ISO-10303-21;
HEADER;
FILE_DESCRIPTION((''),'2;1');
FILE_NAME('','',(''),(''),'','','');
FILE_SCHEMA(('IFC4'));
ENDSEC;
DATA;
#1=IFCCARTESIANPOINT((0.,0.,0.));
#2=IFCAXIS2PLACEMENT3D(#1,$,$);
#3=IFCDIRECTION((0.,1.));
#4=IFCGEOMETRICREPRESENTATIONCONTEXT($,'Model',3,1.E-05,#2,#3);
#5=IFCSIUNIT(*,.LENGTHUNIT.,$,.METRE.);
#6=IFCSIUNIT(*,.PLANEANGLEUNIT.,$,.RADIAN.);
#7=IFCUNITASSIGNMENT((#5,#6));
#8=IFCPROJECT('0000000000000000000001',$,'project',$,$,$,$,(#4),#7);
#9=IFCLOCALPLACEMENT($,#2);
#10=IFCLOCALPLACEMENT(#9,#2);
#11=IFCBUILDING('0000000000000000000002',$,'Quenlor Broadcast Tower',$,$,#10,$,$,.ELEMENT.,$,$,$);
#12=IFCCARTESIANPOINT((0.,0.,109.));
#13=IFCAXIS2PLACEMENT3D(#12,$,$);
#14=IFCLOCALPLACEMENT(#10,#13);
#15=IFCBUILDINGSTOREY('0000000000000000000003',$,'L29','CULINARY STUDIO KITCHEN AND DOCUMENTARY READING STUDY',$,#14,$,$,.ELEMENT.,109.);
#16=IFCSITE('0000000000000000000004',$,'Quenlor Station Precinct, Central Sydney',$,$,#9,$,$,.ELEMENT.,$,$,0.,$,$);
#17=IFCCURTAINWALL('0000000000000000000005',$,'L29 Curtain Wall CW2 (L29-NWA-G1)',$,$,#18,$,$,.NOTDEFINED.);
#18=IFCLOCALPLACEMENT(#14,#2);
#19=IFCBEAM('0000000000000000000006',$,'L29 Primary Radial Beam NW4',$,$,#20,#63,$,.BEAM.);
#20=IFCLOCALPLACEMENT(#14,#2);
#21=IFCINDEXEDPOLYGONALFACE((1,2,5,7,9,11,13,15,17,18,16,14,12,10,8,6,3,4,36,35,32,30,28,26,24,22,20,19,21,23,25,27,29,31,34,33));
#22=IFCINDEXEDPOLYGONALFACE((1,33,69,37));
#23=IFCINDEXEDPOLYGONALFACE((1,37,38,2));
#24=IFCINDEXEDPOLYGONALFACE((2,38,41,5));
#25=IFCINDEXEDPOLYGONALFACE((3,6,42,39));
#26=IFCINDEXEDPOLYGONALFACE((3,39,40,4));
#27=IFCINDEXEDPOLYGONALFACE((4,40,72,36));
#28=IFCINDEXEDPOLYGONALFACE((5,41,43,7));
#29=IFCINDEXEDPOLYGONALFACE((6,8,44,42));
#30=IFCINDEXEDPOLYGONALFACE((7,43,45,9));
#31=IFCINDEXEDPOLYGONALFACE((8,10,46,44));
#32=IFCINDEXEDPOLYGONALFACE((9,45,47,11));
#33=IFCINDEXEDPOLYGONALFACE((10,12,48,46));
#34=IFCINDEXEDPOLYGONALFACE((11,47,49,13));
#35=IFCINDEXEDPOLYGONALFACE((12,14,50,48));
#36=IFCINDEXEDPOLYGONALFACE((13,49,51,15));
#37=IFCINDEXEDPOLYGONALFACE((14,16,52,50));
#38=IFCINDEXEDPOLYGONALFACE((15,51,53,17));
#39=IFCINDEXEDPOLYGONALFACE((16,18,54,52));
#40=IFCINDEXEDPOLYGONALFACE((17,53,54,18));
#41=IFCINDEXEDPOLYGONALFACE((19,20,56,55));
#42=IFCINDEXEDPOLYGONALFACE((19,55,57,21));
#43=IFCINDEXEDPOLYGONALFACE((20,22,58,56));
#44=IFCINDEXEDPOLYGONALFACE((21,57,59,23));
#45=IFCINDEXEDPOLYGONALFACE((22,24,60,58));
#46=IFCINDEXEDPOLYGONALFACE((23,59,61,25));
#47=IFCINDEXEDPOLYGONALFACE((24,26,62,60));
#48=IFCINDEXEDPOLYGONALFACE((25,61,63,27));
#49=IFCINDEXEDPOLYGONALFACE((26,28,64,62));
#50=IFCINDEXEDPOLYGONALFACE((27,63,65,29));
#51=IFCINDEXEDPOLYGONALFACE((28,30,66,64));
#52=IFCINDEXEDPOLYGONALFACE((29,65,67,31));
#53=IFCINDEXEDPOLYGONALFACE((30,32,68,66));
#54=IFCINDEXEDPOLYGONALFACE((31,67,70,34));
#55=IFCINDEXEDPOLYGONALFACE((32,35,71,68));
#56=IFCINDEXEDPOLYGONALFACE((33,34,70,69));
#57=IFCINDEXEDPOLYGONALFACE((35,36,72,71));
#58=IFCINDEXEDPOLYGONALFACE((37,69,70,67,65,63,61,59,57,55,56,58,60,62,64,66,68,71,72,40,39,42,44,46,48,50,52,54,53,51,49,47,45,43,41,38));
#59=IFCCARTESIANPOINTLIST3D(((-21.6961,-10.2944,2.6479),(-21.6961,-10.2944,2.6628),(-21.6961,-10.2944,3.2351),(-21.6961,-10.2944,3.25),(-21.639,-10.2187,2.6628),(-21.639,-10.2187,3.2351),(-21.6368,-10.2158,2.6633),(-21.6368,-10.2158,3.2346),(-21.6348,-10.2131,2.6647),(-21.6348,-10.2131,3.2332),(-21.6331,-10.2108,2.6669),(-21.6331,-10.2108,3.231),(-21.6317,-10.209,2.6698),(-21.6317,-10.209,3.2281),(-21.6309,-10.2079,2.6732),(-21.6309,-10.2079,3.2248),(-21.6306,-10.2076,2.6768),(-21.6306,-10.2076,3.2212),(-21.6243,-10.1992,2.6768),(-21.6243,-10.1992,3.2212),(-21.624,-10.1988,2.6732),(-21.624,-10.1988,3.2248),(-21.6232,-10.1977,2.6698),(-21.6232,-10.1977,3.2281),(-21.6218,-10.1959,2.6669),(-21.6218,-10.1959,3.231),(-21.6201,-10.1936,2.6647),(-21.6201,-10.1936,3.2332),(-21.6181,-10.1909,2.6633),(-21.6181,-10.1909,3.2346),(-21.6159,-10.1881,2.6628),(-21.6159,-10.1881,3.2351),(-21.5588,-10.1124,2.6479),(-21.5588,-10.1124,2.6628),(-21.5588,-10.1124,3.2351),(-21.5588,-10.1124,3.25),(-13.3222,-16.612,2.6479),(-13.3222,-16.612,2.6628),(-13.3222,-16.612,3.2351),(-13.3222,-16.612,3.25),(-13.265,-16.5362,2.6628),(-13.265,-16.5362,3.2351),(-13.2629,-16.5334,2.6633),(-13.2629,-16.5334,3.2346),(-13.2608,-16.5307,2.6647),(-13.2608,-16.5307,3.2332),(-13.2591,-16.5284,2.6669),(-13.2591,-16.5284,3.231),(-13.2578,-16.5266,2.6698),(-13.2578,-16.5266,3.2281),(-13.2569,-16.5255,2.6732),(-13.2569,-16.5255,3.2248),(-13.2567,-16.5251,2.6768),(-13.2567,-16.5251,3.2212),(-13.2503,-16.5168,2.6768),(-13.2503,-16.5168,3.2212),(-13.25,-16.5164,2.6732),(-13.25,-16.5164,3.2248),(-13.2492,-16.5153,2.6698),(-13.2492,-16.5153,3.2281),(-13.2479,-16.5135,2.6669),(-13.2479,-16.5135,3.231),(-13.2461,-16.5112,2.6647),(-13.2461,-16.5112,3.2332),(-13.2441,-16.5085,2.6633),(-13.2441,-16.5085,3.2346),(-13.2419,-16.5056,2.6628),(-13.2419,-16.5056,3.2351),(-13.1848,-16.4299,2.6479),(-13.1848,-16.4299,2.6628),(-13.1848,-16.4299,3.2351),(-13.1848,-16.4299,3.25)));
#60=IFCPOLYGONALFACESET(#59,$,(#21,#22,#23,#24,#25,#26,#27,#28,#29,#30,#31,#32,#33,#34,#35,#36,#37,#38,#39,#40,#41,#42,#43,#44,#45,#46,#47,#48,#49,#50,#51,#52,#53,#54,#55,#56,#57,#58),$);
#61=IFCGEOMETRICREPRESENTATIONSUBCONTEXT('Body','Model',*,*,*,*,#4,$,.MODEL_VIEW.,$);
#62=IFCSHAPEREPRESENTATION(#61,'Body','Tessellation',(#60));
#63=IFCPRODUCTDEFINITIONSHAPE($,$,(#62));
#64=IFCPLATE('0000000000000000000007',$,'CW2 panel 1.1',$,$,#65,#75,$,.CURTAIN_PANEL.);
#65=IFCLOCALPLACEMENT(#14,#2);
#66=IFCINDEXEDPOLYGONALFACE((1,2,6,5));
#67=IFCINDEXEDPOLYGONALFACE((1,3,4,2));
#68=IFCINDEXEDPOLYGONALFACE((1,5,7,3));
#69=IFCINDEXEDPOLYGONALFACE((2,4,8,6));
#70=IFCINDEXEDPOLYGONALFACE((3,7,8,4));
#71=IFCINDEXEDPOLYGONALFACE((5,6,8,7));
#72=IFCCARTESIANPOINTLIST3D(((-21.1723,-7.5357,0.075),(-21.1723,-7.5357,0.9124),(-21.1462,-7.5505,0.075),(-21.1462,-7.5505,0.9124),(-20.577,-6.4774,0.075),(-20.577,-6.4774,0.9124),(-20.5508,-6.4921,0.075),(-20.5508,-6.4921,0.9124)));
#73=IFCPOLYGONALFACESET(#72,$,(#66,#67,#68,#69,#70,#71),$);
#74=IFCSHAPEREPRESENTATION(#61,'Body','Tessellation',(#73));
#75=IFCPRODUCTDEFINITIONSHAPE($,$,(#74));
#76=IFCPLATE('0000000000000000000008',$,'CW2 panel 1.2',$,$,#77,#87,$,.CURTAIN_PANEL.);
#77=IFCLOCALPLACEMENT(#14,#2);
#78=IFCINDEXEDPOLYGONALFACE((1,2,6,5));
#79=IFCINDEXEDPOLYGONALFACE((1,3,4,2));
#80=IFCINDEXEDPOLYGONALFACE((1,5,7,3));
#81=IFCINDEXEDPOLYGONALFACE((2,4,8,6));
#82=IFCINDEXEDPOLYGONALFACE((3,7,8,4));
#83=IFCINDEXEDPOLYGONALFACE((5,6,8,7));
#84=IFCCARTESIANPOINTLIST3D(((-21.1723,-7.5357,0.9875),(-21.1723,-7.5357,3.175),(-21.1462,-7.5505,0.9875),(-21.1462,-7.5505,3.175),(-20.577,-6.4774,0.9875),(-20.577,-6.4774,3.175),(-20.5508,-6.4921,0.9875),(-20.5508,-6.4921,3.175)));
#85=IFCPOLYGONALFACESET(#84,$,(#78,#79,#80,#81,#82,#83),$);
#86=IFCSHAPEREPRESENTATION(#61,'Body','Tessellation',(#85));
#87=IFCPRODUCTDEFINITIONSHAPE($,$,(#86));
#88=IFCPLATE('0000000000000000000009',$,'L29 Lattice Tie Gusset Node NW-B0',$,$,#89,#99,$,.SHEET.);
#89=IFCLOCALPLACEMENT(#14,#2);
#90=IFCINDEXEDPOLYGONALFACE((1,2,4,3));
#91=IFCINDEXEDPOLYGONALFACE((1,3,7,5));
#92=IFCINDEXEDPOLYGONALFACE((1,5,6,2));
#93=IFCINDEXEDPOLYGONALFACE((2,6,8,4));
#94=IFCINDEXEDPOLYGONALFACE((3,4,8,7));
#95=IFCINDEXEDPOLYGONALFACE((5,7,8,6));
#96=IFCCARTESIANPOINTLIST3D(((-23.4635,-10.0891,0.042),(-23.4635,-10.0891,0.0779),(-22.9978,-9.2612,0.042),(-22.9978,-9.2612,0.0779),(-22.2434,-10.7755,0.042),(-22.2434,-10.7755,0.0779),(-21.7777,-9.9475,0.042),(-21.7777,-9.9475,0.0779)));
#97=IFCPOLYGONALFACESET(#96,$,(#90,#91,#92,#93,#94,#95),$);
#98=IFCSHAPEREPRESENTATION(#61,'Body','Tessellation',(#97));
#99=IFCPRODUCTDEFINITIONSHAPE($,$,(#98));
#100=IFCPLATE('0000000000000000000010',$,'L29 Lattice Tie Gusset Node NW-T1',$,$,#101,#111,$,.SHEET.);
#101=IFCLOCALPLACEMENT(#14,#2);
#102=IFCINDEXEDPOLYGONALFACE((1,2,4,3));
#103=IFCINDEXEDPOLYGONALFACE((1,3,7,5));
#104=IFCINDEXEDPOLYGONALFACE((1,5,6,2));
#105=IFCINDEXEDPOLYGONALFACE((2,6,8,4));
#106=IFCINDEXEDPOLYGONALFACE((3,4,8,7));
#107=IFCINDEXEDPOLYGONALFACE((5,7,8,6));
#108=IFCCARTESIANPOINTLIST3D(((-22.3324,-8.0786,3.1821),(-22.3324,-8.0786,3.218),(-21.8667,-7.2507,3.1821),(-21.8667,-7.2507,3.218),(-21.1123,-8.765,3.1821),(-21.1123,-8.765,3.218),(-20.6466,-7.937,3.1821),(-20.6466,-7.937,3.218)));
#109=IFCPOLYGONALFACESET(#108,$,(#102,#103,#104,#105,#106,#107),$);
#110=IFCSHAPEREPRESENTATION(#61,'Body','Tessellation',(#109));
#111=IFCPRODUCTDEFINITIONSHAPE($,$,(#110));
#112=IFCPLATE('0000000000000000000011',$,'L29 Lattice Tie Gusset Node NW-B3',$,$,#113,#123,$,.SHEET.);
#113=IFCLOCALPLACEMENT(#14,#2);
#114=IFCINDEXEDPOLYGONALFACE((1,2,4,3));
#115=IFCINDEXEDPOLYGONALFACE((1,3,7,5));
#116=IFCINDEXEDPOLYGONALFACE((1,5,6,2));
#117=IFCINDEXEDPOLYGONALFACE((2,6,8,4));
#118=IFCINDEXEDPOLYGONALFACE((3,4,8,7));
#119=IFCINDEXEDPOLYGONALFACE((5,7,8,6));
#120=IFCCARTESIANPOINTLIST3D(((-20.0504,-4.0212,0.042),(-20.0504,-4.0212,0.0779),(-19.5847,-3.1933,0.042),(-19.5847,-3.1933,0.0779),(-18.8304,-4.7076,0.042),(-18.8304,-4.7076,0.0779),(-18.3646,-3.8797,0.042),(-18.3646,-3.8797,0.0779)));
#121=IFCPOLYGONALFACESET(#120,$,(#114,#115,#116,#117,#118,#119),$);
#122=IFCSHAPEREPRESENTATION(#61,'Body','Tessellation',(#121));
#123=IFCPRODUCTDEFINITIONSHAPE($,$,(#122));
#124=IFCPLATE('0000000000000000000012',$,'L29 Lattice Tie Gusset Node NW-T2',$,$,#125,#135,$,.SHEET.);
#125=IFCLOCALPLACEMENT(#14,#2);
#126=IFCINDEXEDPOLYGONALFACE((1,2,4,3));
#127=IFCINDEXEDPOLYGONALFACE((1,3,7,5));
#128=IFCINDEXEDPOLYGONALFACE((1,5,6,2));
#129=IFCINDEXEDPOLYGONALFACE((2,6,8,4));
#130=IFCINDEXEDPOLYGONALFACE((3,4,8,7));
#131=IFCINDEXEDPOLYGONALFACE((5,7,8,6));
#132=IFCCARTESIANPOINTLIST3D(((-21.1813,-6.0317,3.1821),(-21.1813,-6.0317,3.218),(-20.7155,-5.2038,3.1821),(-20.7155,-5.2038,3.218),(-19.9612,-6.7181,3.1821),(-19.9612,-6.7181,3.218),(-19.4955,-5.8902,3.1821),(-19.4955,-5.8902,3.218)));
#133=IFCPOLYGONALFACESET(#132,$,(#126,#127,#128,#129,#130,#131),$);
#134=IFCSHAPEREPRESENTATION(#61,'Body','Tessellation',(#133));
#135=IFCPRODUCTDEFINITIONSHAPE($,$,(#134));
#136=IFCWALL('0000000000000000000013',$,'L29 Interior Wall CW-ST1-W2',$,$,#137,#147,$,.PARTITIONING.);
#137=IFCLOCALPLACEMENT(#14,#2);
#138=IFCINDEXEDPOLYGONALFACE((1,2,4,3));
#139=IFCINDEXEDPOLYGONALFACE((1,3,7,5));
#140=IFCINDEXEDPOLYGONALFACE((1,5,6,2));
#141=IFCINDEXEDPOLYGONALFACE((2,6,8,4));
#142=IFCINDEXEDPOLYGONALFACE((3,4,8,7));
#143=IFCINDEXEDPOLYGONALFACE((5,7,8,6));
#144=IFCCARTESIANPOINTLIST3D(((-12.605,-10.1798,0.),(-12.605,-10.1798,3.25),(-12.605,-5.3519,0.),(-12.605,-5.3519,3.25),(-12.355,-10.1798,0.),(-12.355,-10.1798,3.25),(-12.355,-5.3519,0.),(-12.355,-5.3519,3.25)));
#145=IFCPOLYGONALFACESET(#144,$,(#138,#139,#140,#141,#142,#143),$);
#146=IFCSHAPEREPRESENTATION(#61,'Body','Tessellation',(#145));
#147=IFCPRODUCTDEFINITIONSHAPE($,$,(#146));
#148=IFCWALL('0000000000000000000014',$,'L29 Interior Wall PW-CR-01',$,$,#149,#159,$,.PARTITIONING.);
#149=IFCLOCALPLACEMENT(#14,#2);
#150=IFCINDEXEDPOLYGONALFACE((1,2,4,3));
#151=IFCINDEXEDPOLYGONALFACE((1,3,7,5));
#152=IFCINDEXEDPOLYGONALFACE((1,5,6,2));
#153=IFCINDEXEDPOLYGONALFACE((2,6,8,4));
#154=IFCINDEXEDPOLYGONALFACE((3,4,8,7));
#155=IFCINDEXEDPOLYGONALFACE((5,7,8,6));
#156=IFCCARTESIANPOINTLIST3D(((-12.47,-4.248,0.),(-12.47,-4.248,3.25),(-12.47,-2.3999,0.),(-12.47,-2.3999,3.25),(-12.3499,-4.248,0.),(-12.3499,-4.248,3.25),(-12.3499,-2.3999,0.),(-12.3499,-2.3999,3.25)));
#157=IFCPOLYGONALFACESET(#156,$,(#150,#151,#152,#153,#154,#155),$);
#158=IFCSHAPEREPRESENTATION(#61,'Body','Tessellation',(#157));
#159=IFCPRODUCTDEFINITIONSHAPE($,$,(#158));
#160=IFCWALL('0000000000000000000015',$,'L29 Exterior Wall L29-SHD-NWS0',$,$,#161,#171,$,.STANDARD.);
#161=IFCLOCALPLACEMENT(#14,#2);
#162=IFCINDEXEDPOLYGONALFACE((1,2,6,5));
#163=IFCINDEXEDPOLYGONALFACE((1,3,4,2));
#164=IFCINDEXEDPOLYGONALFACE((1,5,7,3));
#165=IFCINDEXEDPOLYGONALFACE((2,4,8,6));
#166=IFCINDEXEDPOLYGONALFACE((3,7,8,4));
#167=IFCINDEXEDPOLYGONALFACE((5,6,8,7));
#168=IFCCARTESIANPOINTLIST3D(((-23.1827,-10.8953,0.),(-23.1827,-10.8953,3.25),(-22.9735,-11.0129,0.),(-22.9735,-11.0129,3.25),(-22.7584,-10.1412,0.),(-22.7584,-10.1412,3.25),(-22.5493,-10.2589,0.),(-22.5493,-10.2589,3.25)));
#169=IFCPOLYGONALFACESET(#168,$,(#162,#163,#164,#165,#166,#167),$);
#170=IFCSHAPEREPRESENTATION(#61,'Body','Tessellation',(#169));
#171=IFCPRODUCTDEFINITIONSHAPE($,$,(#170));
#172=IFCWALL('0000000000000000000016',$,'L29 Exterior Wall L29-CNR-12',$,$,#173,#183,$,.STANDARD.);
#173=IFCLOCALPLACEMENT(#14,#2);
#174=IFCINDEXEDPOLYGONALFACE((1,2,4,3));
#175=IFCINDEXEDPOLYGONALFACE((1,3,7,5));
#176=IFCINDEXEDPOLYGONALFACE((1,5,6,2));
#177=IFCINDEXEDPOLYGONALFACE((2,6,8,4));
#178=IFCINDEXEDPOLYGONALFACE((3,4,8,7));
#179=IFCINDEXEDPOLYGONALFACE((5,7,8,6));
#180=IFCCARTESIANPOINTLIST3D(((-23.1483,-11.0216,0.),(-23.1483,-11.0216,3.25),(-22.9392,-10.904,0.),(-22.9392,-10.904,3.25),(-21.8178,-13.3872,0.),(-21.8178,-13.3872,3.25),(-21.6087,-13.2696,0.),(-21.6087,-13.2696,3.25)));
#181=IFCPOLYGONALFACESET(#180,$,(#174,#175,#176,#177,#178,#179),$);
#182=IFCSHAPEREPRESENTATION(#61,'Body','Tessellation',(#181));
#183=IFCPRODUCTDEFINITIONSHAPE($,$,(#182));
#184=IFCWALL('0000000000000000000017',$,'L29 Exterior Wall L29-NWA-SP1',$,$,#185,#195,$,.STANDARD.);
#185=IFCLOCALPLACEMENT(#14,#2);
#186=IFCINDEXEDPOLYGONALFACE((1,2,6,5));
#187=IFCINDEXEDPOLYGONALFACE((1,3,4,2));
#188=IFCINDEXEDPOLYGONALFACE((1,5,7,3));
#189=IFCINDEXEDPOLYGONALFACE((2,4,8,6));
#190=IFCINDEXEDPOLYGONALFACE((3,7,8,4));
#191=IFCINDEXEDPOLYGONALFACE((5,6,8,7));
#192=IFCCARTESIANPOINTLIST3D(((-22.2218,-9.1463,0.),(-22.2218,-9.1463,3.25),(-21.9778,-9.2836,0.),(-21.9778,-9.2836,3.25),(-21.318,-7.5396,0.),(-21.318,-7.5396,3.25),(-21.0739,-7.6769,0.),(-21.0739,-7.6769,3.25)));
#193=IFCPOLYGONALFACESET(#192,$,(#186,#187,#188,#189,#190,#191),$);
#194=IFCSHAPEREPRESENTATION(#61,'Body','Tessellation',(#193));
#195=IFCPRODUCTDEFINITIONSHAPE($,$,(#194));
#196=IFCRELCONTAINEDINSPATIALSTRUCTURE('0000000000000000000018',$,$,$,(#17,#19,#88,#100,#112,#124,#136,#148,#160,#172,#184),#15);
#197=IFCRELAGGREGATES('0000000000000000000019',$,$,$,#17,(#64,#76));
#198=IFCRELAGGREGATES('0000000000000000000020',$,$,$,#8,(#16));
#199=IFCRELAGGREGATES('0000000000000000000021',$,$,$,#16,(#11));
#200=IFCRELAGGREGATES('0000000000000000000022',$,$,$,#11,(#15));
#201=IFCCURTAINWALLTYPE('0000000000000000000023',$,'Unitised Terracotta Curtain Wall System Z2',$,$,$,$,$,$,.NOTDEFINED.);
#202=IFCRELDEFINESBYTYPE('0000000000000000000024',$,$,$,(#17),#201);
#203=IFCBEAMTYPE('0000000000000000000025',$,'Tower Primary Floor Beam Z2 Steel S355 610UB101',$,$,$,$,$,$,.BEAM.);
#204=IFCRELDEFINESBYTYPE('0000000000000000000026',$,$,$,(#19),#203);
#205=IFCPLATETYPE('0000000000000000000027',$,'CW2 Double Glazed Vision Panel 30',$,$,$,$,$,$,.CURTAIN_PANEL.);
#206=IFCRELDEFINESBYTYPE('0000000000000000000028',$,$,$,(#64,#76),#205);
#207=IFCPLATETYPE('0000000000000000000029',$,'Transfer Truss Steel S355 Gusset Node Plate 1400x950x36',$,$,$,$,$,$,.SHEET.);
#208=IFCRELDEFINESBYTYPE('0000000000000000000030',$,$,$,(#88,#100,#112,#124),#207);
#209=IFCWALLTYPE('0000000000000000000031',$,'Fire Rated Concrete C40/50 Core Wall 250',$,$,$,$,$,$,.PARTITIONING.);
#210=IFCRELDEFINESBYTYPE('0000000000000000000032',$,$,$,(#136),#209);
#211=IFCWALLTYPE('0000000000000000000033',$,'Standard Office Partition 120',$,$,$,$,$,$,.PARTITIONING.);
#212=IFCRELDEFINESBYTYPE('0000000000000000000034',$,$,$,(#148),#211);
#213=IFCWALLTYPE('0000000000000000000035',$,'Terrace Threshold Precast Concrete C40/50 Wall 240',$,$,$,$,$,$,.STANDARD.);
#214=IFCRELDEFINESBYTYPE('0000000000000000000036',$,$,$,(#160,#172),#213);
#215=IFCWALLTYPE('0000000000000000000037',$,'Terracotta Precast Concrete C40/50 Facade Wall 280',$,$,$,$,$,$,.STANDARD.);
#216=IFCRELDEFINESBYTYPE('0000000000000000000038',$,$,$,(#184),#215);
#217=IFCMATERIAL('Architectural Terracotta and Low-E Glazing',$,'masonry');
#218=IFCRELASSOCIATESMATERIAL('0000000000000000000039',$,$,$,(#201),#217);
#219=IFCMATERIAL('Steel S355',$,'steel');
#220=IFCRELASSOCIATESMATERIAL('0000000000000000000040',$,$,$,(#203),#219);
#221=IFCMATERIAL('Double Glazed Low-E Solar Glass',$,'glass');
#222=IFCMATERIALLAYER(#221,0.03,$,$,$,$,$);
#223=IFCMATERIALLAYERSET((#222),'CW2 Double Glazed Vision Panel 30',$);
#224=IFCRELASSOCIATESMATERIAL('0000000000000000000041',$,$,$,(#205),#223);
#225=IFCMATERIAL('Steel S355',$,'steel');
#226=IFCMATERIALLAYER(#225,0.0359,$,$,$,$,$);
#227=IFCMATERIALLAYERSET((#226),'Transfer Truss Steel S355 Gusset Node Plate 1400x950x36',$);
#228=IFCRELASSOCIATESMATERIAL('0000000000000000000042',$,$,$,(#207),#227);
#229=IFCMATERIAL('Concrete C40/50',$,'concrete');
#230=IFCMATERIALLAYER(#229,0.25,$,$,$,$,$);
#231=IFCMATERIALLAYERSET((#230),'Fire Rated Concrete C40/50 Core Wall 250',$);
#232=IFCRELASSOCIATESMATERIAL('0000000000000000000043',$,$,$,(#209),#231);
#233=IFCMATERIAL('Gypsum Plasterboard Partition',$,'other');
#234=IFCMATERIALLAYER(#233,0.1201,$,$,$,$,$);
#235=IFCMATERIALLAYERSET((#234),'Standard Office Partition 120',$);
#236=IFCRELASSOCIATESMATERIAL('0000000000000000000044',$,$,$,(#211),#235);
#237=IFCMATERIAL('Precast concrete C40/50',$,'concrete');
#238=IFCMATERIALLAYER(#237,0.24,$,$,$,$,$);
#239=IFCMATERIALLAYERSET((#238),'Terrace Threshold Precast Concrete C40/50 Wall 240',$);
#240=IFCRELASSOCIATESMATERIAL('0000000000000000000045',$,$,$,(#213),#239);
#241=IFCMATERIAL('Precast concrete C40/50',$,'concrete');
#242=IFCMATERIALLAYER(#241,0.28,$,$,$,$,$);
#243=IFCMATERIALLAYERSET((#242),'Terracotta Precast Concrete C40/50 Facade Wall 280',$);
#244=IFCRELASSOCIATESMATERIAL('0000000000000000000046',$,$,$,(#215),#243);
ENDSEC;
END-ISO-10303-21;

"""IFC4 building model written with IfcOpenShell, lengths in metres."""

from ifc_helpers import new_model, si_unit, direction, frame, frame_2d, origin, origin_2d, place, context, subcontext, project, spatial, rectangle, i_section, extrude, material, layer, layer_set, material_profile, profile_set, type_object, element, aggregate, save


model = new_model("IFC4")

# Units and contexts
model_context = context("Model", 3, precision=1e-05, world=origin(), true_north=direction((0.0, 1.0)))
body_context = subcontext(model_context, "Body", "Model", "MODEL_VIEW")
ifc_project = project(units=[si_unit("LENGTHUNIT", "METRE"), si_unit("PLANEANGLEUNIT", "RADIAN")], contexts=[model_context])

# Site, building, storey
site_placement = place(None, origin())
site = spatial("IfcSite", under=ifc_project, at=site_placement, Name="Quenlor Station Precinct, Central Sydney", CompositionType="ELEMENT", RefElevation=0.0)
building_placement = place(site_placement, origin())
building = spatial("IfcBuilding", under=site, at=building_placement, Name="Quenlor Broadcast Tower", CompositionType="ELEMENT")
storey_placement = place(building_placement, frame((0.0, 0.0, 109.0)))
storey = spatial("IfcBuildingStorey", under=building, at=storey_placement, Name="L29", Description="CULINARY STUDIO KITCHEN AND DOCUMENTARY READING STUDY", CompositionType="ELEMENT", Elevation=109.0)

# Curtain wall
ifc_material_1 = material(Name="Architectural Terracotta and Low-E Glazing", Category="masonry")
curtain_wall_type = type_object("IfcCurtainWallType", Name="Unitised Terracotta Curtain Wall System Z2", PredefinedType="NOTDEFINED", material=ifc_material_1)
curtain_wall_placement = place(storey_placement, origin())
curtain_wall = element("IfcCurtainWall", 1, at=curtain_wall_placement, inside=storey, type_object=curtain_wall_type, Name="L29 Curtain Wall CW2 (L29-NWA-G1)", PredefinedType="NOTDEFINED")

# Beam
ifc_material_2 = material(Name="Steel S355", Category="steel")
ifc_material_profile_1 = material_profile(ifc_material_2, i_section(OverallWidth=0.228, OverallDepth=0.6021, WebThickness=0.0105, FlangeThickness=0.0149, FilletRadius=0.0139, at=origin_2d()))
ifc_profile_set_1 = profile_set([ifc_material_profile_1], Name="Steel S355 610UB101")
beam_type_1 = type_object("IfcBeamType", Name="Tower Primary Floor Beam Z2 Steel S355 610UB101", PredefinedType="BEAM", material=ifc_profile_set_1)
beam_1_placement = place(storey_placement, frame((-21.6274, -10.2034, 2.949), z_axis=(0.798299, -0.602262, 0.0), x_axis=(0.602262, 0.798299, 0.0)))
element("IfcBeam", 2, at=beam_1_placement, inside=storey, type_object=beam_type_1, Name="L29 Primary Radial Beam NW4", PredefinedType="BEAM", context=body_context, shape_type="SweptSolid", body=[
    extrude(i_section(OverallWidth=0.228, OverallDepth=0.6021, WebThickness=0.0105, FlangeThickness=0.0149, FilletRadius=0.0139, at=origin_2d()), origin(), (0.0, 0.0, 1.0), 10.4897),
])

# Plates
ifc_material_3 = material(Name="Double Glazed Low-E Solar Glass", Category="glass")
ifc_layer_1 = layer(ifc_material_3, 0.03)
ifc_layer_set_1 = layer_set([ifc_layer_1], Name="CW2 Double Glazed Vision Panel 30")
plate_type_1 = type_object("IfcPlateType", Name="CW2 Double Glazed Vision Panel 30", PredefinedType="CURTAIN_PANEL", material=ifc_layer_set_1)
plate_1_placement = place(storey_placement, frame((-20.8616, -7.0139, 0.075), z_axis=(0.0, 0.0, 1.0), x_axis=(0.490279, 0.871566, 0.0)))
plate_1 = element("IfcPlate", 3, at=plate_1_placement, type_object=plate_type_1, Name="CW2 panel 1.1", PredefinedType="CURTAIN_PANEL", context=body_context, shape_type="SweptSolid", body=[
    extrude(rectangle(XDim=1.2144, YDim=0.03, at=origin_2d()), origin(), (0.0, 0.0, 1.0), 0.8374),
])
plate_2_placement = place(storey_placement, frame((-20.8616, -7.0139, 0.9875), z_axis=(0.0, 0.0, 1.0), x_axis=(0.490279, 0.871566, 0.0)))
plate_2 = element("IfcPlate", 4, at=plate_2_placement, type_object=plate_type_1, Name="CW2 panel 1.2", PredefinedType="CURTAIN_PANEL", context=body_context, shape_type="SweptSolid", body=[
    extrude(rectangle(XDim=1.2144, YDim=0.03, at=origin_2d()), origin(), (0.0, 0.0, 1.0), 2.1875),
])
aggregate(curtain_wall, [plate_1, plate_2])

# Plates
ifc_material_4 = material(Name="Steel S355", Category="steel")
ifc_layer_2 = layer(ifc_material_4, 0.0359)
ifc_layer_set_2 = layer_set([ifc_layer_2], Name="Transfer Truss Steel S355 Gusset Node Plate 1400x950x36")
plate_type_2 = type_object("IfcPlateType", Name="Transfer Truss Steel S355 Gusset Node Plate 1400x950x36", PredefinedType="SHEET", material=ifc_layer_set_2)
for number, where, z_axis, x_axis, name in (
    (5, (-22.6206, -10.0183, 0.042), (0.0, 0.0, 1.0), (-0.871556, 0.490295, 0.0), "L29 Lattice Tie Gusset Node NW-B0"),
    (6, (-21.4895, -8.0078, 3.1821), (0.0, 0.0, 1.0), (-0.871556, 0.490295, 0.0), "L29 Lattice Tie Gusset Node NW-T1"),
    (7, (-19.2075, -3.9504, 0.042), (0.0, 0.0, 1.0), (-0.871556, 0.490295, 0.0), "L29 Lattice Tie Gusset Node NW-B3"),
    (8, (-20.3384, -5.9609, 3.1821), (0.0, 0.0, 1.0), (-0.871556, 0.490295, 0.0), "L29 Lattice Tie Gusset Node NW-T2"),
):
    element("IfcPlate", number, at=place(storey_placement, frame(where, z_axis=z_axis, x_axis=x_axis)), inside=storey, type_object=plate_type_2, Name=name, PredefinedType="SHEET", context=body_context, shape_type="SweptSolid", body=[
        extrude(rectangle(XDim=1.3999, YDim=0.95, at=origin_2d()), origin(), (0.0, 0.0, 1.0), 0.0359),
    ])

# Wall
ifc_material_5 = material(Name="Concrete C40/50", Category="concrete")
ifc_layer_3 = layer(ifc_material_5, 0.25)
ifc_layer_set_3 = layer_set([ifc_layer_3], Name="Fire Rated Concrete C40/50 Core Wall 250")
wall_type_1 = type_object("IfcWallType", Name="Fire Rated Concrete C40/50 Core Wall 250", PredefinedType="PARTITIONING", material=ifc_layer_set_3)
wall_1_placement = place(storey_placement, frame((-12.48, -10.1799, 0.0), z_axis=(0.0, 0.0, 1.0), x_axis=(0.0, 1.0, 0.0)))
element("IfcWall", 9, at=wall_1_placement, inside=storey, type_object=wall_type_1, Name="L29 Interior Wall CW-ST1-W2", PredefinedType="PARTITIONING", context=body_context, shape_type="SweptSolid", body=[
    extrude(rectangle(XDim=4.8279, YDim=0.25, at=frame_2d((2.4141, 0.0))), origin(), (0.0, 0.0, 1.0), 3.25),
])

# Walls
ifc_material_6 = material(Name="Gypsum Plasterboard Partition", Category="other")
ifc_layer_4 = layer(ifc_material_6, 0.1201)
ifc_layer_set_4 = layer_set([ifc_layer_4], Name="Standard Office Partition 120")
wall_type_2 = type_object("IfcWallType", Name="Standard Office Partition 120", PredefinedType="PARTITIONING", material=ifc_layer_set_4)
wall_2_placement = place(storey_placement, frame((-12.4099, -4.248, 0.0), z_axis=(0.0, 0.0, 1.0), x_axis=(0.0, 1.0, 0.0)))
element("IfcWall", 10, at=wall_2_placement, inside=storey, type_object=wall_type_2, Name="L29 Interior Wall PW-CR-01", PredefinedType="PARTITIONING", context=body_context, shape_type="SweptSolid", body=[
    extrude(rectangle(XDim=1.8481, YDim=0.1201, at=frame_2d((0.9241, 0.0))), origin(), (0.0, 0.0, 1.0), 3.25),
])
ifc_material_7 = material(Name="Precast concrete C40/50", Category="concrete")
ifc_layer_5 = layer(ifc_material_7, 0.24)
ifc_layer_set_5 = layer_set([ifc_layer_5], Name="Terrace Threshold Precast Concrete C40/50 Wall 240")
wall_type_3 = type_object("IfcWallType", Name="Terrace Threshold Precast Concrete C40/50 Wall 240", PredefinedType="STANDARD", material=ifc_layer_set_5)
wall_3_placement = place(storey_placement, frame((-23.0781, -10.9541, 0.0), z_axis=(0.0, 0.0, 1.0), x_axis=(0.490355, 0.871523, 0.0)))
element("IfcWall", 11, at=wall_3_placement, inside=storey, type_object=wall_type_3, Name="L29 Exterior Wall L29-SHD-NWS0", PredefinedType="STANDARD", context=body_context, shape_type="SweptSolid", body=[
    extrude(rectangle(XDim=0.8652, YDim=0.24, at=frame_2d((0.4326, 0.0))), origin(), (0.0, 0.0, 1.0), 3.25),
])
wall_4_placement = place(storey_placement, frame((-23.0437, -10.9629, 0.0), z_axis=(0.0, 0.0, 1.0), x_axis=(0.490219, -0.8716, 0.0)))
element("IfcWall", 12, at=wall_4_placement, inside=storey, type_object=wall_type_3, Name="L29 Exterior Wall L29-CNR-12", PredefinedType="STANDARD", context=body_context, shape_type="SweptSolid", body=[
    extrude(rectangle(XDim=2.7141, YDim=0.24, at=frame_2d((1.3569, 0.0))), origin(), (0.0, 0.0, 1.0), 3.25),
])
ifc_material_8 = material(Name="Precast concrete C40/50", Category="concrete")
ifc_layer_6 = layer(ifc_material_8, 0.28)
ifc_layer_set_6 = layer_set([ifc_layer_6], Name="Terracotta Precast Concrete C40/50 Facade Wall 280")
wall_type_4 = type_object("IfcWallType", Name="Terracotta Precast Concrete C40/50 Facade Wall 280", PredefinedType="STANDARD", material=ifc_layer_set_6)
wall_5_placement = place(storey_placement, frame((-22.0999, -9.2151, 0.0), z_axis=(0.0, 0.0, 1.0), x_axis=(0.49028, 0.871565, 0.0)))
element("IfcWall", 13, at=wall_5_placement, inside=storey, type_object=wall_type_4, Name="L29 Exterior Wall L29-NWA-SP1", PredefinedType="STANDARD", context=body_context, shape_type="SweptSolid", body=[
    extrude(rectangle(XDim=1.8435, YDim=0.28, at=frame_2d((0.9219, 0.0))), origin(), (0.0, 0.0, 1.0), 3.25),
])

save(model, "model.ifc")
